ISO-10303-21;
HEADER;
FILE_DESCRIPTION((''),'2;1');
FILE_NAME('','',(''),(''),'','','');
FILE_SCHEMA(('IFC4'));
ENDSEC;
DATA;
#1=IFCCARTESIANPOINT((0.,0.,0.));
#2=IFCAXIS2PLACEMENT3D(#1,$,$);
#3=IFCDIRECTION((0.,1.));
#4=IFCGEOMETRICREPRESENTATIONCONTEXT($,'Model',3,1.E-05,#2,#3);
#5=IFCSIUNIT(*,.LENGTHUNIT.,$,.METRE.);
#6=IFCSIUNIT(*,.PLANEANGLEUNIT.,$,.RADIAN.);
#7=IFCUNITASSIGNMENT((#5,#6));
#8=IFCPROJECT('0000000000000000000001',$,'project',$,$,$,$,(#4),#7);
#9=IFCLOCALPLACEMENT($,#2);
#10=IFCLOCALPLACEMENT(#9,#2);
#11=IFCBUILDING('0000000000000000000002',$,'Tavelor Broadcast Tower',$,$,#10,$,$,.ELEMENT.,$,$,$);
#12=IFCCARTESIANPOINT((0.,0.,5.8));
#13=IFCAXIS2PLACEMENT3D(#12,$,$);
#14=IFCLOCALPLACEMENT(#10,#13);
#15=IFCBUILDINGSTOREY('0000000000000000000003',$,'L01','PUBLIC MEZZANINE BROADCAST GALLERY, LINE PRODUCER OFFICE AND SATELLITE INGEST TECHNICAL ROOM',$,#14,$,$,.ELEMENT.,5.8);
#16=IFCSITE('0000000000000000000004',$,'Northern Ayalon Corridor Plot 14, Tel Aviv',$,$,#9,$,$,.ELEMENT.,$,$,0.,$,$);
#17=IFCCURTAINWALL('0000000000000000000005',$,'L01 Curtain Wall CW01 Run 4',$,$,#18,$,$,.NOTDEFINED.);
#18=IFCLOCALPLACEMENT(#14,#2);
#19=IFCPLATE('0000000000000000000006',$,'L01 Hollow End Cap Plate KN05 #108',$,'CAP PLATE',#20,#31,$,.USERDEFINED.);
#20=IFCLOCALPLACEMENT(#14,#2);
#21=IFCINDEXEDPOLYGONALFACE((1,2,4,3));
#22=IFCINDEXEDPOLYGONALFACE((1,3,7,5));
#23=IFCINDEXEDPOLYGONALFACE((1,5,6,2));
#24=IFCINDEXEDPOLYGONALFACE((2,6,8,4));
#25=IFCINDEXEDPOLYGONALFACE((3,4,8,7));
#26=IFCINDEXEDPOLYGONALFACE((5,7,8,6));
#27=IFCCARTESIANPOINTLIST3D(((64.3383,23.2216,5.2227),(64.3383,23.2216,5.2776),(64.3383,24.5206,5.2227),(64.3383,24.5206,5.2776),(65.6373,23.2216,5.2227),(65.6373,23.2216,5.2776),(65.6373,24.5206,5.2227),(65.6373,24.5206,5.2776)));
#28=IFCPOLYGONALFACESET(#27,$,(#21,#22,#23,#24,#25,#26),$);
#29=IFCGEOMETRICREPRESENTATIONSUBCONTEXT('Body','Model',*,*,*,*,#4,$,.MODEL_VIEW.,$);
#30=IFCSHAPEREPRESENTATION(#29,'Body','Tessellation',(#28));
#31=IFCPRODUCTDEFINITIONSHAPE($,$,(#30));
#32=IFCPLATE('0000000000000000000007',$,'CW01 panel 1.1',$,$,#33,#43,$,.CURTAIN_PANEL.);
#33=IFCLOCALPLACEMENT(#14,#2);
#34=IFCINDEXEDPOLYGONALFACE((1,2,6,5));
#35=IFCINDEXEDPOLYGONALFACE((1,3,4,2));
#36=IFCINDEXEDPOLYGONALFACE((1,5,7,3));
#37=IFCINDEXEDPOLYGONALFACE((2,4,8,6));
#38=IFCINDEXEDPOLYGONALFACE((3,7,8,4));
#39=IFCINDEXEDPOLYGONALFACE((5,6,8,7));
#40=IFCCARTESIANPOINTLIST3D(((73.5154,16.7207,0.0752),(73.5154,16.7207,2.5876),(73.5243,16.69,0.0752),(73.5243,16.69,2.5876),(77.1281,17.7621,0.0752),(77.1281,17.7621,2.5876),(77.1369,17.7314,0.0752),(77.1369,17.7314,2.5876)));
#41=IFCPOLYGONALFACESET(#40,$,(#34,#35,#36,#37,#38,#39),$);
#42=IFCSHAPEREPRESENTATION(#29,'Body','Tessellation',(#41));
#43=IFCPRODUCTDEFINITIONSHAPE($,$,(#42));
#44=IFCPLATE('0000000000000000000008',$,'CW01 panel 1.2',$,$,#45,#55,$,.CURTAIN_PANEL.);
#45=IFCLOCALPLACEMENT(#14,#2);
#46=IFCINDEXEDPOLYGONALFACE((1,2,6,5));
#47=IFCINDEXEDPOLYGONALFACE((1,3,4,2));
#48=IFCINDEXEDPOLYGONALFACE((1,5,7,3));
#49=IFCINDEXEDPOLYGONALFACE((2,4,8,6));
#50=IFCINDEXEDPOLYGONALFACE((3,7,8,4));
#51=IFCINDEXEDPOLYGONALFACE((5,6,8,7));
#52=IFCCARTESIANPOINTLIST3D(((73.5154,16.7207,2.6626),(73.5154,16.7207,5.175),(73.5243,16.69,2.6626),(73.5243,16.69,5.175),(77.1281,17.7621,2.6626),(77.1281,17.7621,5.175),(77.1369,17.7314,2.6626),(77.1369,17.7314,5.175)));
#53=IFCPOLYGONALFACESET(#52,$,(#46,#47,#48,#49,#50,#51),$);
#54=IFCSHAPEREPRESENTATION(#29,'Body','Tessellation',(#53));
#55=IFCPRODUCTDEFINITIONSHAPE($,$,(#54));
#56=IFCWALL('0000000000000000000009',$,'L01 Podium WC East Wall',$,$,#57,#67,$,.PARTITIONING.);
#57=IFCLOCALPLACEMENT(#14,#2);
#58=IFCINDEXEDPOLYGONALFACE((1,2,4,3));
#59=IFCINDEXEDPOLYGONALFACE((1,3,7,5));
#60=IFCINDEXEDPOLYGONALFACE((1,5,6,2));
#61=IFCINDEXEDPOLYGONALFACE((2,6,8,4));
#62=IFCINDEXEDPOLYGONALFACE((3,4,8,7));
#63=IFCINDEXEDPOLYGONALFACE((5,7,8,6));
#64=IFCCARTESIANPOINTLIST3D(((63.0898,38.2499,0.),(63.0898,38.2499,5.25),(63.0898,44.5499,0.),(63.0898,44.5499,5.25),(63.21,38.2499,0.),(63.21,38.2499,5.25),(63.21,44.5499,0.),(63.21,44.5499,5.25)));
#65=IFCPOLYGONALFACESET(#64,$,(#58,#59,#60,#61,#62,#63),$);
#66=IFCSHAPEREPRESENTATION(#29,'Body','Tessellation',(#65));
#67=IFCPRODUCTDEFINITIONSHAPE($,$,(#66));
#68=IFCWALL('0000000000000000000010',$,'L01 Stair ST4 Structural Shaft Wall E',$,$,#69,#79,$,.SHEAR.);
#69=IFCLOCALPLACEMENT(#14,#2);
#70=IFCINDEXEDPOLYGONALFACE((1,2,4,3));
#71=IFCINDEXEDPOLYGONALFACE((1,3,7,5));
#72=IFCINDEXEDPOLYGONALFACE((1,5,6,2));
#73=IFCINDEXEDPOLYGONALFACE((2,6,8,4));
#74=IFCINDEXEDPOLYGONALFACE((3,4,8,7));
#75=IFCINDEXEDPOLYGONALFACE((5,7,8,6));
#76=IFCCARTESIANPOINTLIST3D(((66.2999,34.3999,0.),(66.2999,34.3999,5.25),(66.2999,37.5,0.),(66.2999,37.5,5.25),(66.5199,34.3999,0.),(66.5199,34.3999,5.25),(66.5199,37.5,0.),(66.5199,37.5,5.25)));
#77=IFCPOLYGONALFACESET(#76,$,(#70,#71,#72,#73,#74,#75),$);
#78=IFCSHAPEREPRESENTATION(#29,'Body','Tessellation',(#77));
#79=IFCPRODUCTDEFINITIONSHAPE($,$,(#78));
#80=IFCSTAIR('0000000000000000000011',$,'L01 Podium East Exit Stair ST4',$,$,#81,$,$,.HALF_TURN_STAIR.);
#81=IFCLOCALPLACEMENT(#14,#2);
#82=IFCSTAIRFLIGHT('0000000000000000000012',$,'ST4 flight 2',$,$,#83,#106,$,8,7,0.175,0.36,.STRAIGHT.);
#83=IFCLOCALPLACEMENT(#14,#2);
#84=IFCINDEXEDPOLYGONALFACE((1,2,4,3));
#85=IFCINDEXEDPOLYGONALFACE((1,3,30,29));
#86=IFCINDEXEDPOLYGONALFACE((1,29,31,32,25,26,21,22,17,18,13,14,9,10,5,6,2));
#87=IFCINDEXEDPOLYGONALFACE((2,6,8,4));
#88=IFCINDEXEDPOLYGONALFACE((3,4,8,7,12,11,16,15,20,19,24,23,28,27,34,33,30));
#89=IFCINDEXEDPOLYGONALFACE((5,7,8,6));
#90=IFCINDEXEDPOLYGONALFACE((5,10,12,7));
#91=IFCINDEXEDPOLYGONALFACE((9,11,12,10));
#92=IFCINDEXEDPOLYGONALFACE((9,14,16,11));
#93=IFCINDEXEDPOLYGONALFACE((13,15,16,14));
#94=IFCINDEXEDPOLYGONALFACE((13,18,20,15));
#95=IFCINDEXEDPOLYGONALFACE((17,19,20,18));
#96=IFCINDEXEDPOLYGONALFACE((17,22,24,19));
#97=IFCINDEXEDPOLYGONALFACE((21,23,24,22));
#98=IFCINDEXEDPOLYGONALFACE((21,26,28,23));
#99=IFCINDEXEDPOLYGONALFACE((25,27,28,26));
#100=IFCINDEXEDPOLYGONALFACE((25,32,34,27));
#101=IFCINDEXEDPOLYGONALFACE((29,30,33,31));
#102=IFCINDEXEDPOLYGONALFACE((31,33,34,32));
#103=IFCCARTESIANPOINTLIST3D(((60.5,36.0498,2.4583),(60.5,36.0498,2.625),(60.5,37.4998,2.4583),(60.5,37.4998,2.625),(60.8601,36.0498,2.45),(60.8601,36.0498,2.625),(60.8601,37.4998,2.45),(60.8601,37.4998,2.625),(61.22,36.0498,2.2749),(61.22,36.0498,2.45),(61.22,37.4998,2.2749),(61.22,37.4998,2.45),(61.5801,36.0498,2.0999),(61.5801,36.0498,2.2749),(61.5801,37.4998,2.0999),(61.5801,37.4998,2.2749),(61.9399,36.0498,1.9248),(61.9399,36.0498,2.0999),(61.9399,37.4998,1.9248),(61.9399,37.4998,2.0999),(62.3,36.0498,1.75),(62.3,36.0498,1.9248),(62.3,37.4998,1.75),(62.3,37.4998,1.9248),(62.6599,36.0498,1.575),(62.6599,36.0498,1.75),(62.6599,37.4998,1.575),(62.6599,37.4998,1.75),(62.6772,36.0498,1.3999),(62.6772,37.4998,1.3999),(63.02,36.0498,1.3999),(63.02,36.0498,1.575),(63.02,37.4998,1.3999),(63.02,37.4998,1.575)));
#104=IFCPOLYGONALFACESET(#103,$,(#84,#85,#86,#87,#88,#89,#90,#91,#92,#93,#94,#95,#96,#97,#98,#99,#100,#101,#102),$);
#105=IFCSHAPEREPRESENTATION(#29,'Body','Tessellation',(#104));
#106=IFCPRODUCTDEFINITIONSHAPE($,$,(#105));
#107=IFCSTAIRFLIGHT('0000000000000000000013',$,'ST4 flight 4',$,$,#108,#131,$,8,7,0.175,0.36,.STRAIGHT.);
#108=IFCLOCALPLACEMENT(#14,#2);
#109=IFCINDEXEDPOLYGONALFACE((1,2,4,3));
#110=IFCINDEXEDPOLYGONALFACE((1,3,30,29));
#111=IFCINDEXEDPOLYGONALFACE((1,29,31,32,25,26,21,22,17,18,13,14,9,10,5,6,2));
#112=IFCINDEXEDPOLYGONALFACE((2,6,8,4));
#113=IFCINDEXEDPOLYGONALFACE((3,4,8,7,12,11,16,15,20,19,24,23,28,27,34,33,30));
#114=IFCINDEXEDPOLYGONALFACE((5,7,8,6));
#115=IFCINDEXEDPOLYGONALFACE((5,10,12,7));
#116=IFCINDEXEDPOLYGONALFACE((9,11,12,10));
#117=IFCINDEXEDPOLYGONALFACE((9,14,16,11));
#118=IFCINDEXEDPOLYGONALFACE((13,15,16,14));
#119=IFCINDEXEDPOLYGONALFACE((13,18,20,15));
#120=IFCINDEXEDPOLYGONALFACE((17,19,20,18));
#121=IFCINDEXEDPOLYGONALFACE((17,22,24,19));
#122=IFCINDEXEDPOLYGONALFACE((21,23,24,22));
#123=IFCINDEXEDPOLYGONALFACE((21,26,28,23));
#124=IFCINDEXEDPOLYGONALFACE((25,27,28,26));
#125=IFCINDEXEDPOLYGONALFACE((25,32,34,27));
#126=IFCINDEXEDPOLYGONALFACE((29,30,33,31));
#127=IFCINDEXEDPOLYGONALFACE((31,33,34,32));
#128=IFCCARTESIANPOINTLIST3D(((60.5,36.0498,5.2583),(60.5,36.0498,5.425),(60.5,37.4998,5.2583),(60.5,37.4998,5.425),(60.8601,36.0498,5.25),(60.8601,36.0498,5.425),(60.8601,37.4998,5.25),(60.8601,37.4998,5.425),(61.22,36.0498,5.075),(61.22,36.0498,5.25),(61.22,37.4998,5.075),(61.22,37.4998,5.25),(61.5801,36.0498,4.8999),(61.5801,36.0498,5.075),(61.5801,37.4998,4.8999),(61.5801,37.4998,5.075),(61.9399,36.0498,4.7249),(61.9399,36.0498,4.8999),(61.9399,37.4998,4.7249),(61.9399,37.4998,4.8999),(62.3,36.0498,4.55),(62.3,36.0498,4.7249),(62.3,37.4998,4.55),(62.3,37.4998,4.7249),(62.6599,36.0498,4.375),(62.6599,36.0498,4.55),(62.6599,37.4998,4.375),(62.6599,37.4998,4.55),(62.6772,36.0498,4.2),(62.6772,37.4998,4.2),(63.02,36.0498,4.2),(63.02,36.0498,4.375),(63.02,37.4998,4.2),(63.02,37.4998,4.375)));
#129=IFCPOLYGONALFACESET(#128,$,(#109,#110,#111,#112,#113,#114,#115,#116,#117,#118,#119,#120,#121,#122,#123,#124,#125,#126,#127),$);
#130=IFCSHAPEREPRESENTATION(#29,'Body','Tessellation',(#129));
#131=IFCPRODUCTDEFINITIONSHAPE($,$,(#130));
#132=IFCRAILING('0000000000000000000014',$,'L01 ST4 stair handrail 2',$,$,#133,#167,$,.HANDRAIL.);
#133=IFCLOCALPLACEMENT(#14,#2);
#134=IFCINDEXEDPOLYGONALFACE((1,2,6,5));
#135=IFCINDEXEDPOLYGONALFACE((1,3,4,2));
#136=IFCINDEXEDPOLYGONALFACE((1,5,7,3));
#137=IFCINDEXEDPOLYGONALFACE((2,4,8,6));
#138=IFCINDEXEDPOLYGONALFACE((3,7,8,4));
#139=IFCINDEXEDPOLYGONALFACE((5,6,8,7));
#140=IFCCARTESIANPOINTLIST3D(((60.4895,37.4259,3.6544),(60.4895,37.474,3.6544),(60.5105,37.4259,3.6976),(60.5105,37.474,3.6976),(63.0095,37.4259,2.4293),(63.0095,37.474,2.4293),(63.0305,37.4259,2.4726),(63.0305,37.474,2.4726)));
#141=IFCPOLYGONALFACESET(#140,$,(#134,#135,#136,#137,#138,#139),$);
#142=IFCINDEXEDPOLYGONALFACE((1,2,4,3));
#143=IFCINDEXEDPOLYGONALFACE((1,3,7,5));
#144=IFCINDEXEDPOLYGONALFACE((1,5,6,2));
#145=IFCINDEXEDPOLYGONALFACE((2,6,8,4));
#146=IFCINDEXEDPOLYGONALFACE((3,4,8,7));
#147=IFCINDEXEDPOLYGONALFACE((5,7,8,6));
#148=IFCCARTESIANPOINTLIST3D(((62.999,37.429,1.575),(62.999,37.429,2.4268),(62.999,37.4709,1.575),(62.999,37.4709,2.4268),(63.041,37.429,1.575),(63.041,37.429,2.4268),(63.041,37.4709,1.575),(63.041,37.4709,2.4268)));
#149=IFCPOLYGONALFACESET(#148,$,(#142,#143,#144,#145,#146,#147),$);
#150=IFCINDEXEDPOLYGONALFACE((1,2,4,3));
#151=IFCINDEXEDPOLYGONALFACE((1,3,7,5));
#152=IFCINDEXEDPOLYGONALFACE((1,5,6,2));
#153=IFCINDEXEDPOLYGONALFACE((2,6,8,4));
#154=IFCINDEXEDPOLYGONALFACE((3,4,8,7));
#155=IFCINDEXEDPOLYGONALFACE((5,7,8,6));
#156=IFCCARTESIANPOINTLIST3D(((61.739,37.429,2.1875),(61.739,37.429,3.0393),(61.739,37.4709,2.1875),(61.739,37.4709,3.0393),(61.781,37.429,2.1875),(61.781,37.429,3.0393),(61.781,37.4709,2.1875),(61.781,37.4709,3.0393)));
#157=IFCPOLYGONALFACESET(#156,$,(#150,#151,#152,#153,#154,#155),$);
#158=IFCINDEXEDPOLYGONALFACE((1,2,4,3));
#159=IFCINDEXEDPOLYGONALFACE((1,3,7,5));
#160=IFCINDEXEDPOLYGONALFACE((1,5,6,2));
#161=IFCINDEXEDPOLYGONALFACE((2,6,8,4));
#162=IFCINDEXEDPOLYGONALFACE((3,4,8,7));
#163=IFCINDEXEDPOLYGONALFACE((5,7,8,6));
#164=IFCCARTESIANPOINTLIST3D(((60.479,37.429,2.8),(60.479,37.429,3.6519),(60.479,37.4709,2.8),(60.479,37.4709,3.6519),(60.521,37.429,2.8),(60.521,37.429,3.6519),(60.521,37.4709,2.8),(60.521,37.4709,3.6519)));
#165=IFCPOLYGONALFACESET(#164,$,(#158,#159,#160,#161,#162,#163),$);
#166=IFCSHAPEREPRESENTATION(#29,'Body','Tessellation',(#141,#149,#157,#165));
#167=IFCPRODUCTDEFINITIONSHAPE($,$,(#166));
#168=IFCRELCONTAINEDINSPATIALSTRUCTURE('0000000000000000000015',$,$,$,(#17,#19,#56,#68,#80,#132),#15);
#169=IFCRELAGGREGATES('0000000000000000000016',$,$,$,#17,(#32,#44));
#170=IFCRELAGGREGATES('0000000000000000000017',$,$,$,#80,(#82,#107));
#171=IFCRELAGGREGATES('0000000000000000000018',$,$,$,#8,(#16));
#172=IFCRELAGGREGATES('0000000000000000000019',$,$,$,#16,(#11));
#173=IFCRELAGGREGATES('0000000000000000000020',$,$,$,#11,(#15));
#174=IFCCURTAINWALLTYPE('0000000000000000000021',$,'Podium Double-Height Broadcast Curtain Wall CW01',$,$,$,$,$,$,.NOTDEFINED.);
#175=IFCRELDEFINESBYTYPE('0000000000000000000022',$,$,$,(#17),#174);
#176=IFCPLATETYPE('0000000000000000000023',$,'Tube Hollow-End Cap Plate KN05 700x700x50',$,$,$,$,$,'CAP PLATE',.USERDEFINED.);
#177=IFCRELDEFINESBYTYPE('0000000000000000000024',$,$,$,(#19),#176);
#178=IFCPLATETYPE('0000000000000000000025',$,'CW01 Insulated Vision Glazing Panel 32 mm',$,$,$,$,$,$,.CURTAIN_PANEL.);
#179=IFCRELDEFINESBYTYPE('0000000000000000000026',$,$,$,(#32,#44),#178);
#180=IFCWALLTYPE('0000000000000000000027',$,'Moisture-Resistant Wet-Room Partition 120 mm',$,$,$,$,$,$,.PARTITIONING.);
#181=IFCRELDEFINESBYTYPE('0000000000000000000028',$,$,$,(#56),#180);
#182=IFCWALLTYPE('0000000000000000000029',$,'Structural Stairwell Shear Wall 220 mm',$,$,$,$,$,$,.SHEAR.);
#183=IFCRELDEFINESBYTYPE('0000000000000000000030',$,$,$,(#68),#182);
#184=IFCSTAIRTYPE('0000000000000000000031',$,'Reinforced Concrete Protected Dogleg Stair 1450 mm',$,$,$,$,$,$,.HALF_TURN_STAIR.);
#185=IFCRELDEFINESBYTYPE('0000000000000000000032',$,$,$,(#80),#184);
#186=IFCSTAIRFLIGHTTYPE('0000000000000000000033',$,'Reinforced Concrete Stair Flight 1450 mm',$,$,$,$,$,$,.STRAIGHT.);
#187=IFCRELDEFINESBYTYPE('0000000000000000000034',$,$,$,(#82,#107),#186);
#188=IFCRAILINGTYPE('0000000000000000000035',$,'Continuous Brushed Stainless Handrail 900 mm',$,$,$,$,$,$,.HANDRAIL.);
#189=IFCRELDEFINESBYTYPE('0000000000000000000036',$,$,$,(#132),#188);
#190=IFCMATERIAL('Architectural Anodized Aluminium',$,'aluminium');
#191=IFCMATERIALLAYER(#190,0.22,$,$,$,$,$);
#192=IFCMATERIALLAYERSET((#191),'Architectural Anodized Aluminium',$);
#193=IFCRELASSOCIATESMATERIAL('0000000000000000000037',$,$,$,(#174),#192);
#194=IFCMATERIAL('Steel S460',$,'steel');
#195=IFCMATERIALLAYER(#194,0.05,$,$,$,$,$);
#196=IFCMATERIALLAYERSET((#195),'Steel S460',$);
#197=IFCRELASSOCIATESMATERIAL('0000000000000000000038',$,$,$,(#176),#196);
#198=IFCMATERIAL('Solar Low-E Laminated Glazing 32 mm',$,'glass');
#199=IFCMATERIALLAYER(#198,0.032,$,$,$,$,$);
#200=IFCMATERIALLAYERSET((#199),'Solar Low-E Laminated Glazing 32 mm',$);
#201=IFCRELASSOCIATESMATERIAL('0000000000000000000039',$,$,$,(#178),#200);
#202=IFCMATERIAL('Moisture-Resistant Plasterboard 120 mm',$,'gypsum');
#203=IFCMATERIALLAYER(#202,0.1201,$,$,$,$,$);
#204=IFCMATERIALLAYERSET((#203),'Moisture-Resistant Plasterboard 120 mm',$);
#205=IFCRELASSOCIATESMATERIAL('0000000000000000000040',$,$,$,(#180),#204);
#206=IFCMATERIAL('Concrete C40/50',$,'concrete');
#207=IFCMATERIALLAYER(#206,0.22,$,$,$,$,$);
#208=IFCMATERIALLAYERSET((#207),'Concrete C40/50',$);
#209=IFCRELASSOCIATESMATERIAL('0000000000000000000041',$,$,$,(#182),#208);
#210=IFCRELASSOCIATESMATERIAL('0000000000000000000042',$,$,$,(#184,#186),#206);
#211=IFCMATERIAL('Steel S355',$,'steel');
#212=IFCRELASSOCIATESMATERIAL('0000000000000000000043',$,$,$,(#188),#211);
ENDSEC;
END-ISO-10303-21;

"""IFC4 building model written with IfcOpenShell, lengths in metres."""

from ifc_helpers import new_model, si_unit, direction, frame, frame_2d, origin, origin_2d, place, context, subcontext, project, spatial, polyline, rectangle, outline, extrude, source, transform, mapped, material, layer, layer_set, type_object, type_shapes, element, aggregate, save


model = new_model("IFC4")

# Units and contexts
model_context = context("Model", 3, precision=1e-05, world=origin(), true_north=direction((0.0, 1.0)))
body_context = subcontext(model_context, "Body", "Model", "MODEL_VIEW")
ifc_project = project(units=[si_unit("LENGTHUNIT", "METRE"), si_unit("PLANEANGLEUNIT", "RADIAN")], contexts=[model_context])

# Site, building, storey
site_placement = place(None, origin())
site = spatial("IfcSite", under=ifc_project, at=site_placement, Name="Northern Ayalon Corridor Plot 14, Tel Aviv", CompositionType="ELEMENT", RefElevation=0.0)
building_placement = place(site_placement, origin())
building = spatial("IfcBuilding", under=site, at=building_placement, Name="Tavelor Broadcast Tower", CompositionType="ELEMENT")
storey_placement = place(building_placement, frame((0.0, 0.0, 5.8)))
storey = spatial("IfcBuildingStorey", under=building, at=storey_placement, Name="L01", Description="PUBLIC MEZZANINE BROADCAST GALLERY, LINE PRODUCER OFFICE AND SATELLITE INGEST TECHNICAL ROOM", CompositionType="ELEMENT", Elevation=5.8)

# Shared definitions
ifc_material_1 = material(Name="Steel S460", Category="steel")

# Shared definitions
ifc_material_2 = material(Name="Steel S355", Category="steel")

# Curtain wall
ifc_material_3 = material(Name="Architectural Anodized Aluminium", Category="aluminium")
ifc_layer_1 = layer(ifc_material_3, 0.22)
ifc_layer_set_1 = layer_set([ifc_layer_1], Name="Architectural Anodized Aluminium")
curtain_wall_type = type_object("IfcCurtainWallType", Name="Podium Double-Height Broadcast Curtain Wall CW01", PredefinedType="NOTDEFINED", material=ifc_layer_set_1)
curtain_wall_placement = place(storey_placement, origin())
curtain_wall = element("IfcCurtainWall", 1, at=curtain_wall_placement, inside=storey, type_object=curtain_wall_type, Name="L01 Curtain Wall CW01 Run 4", PredefinedType="NOTDEFINED")

# Plate
ifc_layer_2 = layer(ifc_material_1, 0.05)
ifc_layer_set_2 = layer_set([ifc_layer_2], Name="Steel S460")
plate_type_1 = type_object("IfcPlateType", Name="Tube Hollow-End Cap Plate KN05 700x700x50", ElementType="CAP PLATE", PredefinedType="USERDEFINED", material=ifc_layer_set_2)
shared_shape_1 = source(origin(), body_context, "Body", "SweptSolid", [
    extrude(rectangle(XDim=1.2991, YDim=1.2991, at=origin_2d()), origin(), (0.0, 0.0, 1.0), 0.0549),
])
type_shapes(plate_type_1, [shared_shape_1])
for number, where, z_axis, x_axis, name in (
    (2, (64.9878, 23.8711, 5.2227), (0.0, 0.0, 1.0), (1.0, 0.0, 0.0), "L01 Hollow End Cap Plate KN05 #108"),
):
    element("IfcPlate", number, at=place(storey_placement, frame(where, z_axis=z_axis, x_axis=x_axis)), inside=storey, type_object=plate_type_1, Name=name, ObjectType="CAP PLATE", PredefinedType="USERDEFINED", context=body_context, shape_type="MappedRepresentation", body=[
        mapped(shared_shape_1, transform((0.0, 0.0, 0.0), scale=1.0)),
    ])

# Plates
ifc_material_4 = material(Name="Solar Low-E Laminated Glazing 32 mm", Category="glass")
ifc_layer_3 = layer(ifc_material_4, 0.032)
ifc_layer_set_3 = layer_set([ifc_layer_3], Name="Solar Low-E Laminated Glazing 32 mm")
plate_type_2 = type_object("IfcPlateType", Name="CW01 Insulated Vision Glazing Panel 32 mm", PredefinedType="CURTAIN_PANEL", material=ifc_layer_set_3)
shared_shape_2 = source(origin(), body_context, "Body", "SweptSolid", [
    extrude(rectangle(XDim=3.7598, YDim=0.032, at=origin_2d()), origin(), (0.0, 0.0, 1.0), 2.5125),
])
type_shapes(plate_type_2, [shared_shape_2])
plate_1_placement = place(storey_placement, frame((75.3262, 17.2261, 0.0752), z_axis=(0.0, 0.0, 1.0), x_axis=(0.960876, 0.276981, 0.0)))
plate_1 = element("IfcPlate", 3, at=plate_1_placement, type_object=plate_type_2, Name="CW01 panel 1.1", PredefinedType="CURTAIN_PANEL", context=body_context, shape_type="MappedRepresentation", body=[
    mapped(shared_shape_2, transform((0.0, 0.0, 0.0), scale=1.0)),
])
plate_2_placement = place(storey_placement, frame((75.3262, 17.2261, 2.6626), z_axis=(0.0, 0.0, 1.0), x_axis=(0.960876, 0.276981, 0.0)))
plate_2 = element("IfcPlate", 4, at=plate_2_placement, type_object=plate_type_2, Name="CW01 panel 1.2", PredefinedType="CURTAIN_PANEL", context=body_context, shape_type="MappedRepresentation", body=[
    mapped(shared_shape_2, transform((0.0, 0.0, 0.0), scale=1.0)),
])
aggregate(curtain_wall, [plate_1, plate_2])

# Walls
ifc_material_5 = material(Name="Moisture-Resistant Plasterboard 120 mm", Category="gypsum")
ifc_layer_4 = layer(ifc_material_5, 0.1201)
ifc_layer_set_4 = layer_set([ifc_layer_4], Name="Moisture-Resistant Plasterboard 120 mm")
wall_type_1 = type_object("IfcWallType", Name="Moisture-Resistant Wet-Room Partition 120 mm", PredefinedType="PARTITIONING", material=ifc_layer_set_4)
wall_1_placement = place(storey_placement, frame((63.1499, 38.25, 0.0), z_axis=(0.0, 0.0, 1.0), x_axis=(0.0, 1.0, 0.0)))
element("IfcWall", 5, at=wall_1_placement, inside=storey, type_object=wall_type_1, Name="L01 Podium WC East Wall", PredefinedType="PARTITIONING", context=body_context, shape_type="SweptSolid", body=[
    extrude(rectangle(XDim=6.3, YDim=0.1201, at=frame_2d((3.1499, 0.0))), origin(), (0.0, 0.0, 1.0), 5.25),
])
ifc_material_6 = material(Name="Concrete C40/50", Category="concrete")
ifc_layer_5 = layer(ifc_material_6, 0.22)
ifc_layer_set_5 = layer_set([ifc_layer_5], Name="Concrete C40/50")
wall_type_2 = type_object("IfcWallType", Name="Structural Stairwell Shear Wall 220 mm", PredefinedType="SHEAR", material=ifc_layer_set_5)
wall_2_placement = place(storey_placement, frame((66.4099, 34.3999, 0.0), z_axis=(0.0, 0.0, 1.0), x_axis=(0.0, 1.0, 0.0)))
element("IfcWall", 6, at=wall_2_placement, inside=storey, type_object=wall_type_2, Name="L01 Stair ST4 Structural Shaft Wall E", PredefinedType="SHEAR", context=body_context, shape_type="SweptSolid", body=[
    extrude(rectangle(XDim=3.1001, YDim=0.22, at=frame_2d((1.55, 0.0))), origin(), (0.0, 0.0, 1.0), 5.25),
])

# Stair, stair flights
stair_type = type_object("IfcStairType", Name="Reinforced Concrete Protected Dogleg Stair 1450 mm", PredefinedType="HALF_TURN_STAIR", material=ifc_material_6)
stair_placement = place(storey_placement, origin())
stair = element("IfcStair", 7, at=stair_placement, inside=storey, type_object=stair_type, Name="L01 Podium East Exit Stair ST4", PredefinedType="HALF_TURN_STAIR")
stair_flight_type = type_object("IfcStairFlightType", Name="Reinforced Concrete Stair Flight 1450 mm", PredefinedType="STRAIGHT", material=ifc_material_6)
stair_flight_1_placement = place(storey_placement, frame((63.02, 36.7749, 1.3999), z_axis=(0.0, 0.0, 1.0), x_axis=(-1.0, 0.0, 0.0)))
stair_flight_1 = element("IfcStairFlight", 8, at=stair_flight_1_placement, type_object=stair_flight_type, Name="ST4 flight 2", NumberOfRisers=8, NumberOfTreads=7, PredefinedType="STRAIGHT", RiserHeight=0.175, TreadLength=0.36, context=body_context, shape_type="SweptSolid", body=[
    extrude(outline(polyline([(0.0, 0.0), (0.0, 0.175), (0.3601, 0.175), (0.3601, 0.3501), (0.72, 0.3501), (0.72, 0.5249), (1.0801, 0.5249), (1.0801, 0.7), (1.4399, 0.7), (1.4399, 0.875), (1.8, 0.875), (1.8, 1.05), (2.1599, 1.05), (2.1599, 1.2251), (2.52, 1.2251), (2.52, 1.3999), (2.52, 1.0583), (0.3428, 0.0), (0.0, 0.0)])), frame((0.0, 0.7251, 0.0), z_axis=(0.0, -1.0, 0.0), x_axis=(1.0, 0.0, 0.0)), (0.0, 0.0, 1.0), 1.45),
])
stair_flight_2_placement = place(storey_placement, frame((63.02, 36.7749, 4.2), z_axis=(0.0, 0.0, 1.0), x_axis=(-1.0, 0.0, 0.0)))
stair_flight_2 = element("IfcStairFlight", 9, at=stair_flight_2_placement, type_object=stair_flight_type, Name="ST4 flight 4", NumberOfRisers=8, NumberOfTreads=7, PredefinedType="STRAIGHT", RiserHeight=0.175, TreadLength=0.36, context=body_context, shape_type="SweptSolid", body=[
    extrude(outline(polyline([(0.0, 0.0), (0.0, 0.175), (0.3601, 0.175), (0.3601, 0.3501), (0.72, 0.3501), (0.72, 0.5249), (1.0801, 0.5249), (1.0801, 0.7), (1.4399, 0.7), (1.4399, 0.875), (1.8, 0.875), (1.8, 1.05), (2.1599, 1.05), (2.1599, 1.2251), (2.52, 1.2251), (2.52, 1.3999), (2.52, 1.0583), (0.3428, 0.0), (0.0, 0.0)])), frame((0.0, 0.7251, 0.0), z_axis=(0.0, -1.0, 0.0), x_axis=(1.0, 0.0, 0.0)), (0.0, 0.0, 1.0), 1.45),
])
aggregate(stair, [stair_flight_1, stair_flight_2])

# Railing
railing_type_1 = type_object("IfcRailingType", Name="Continuous Brushed Stainless Handrail 900 mm", PredefinedType="HANDRAIL", material=ifc_material_2)
railing_1_placement = place(storey_placement, frame((63.02, 37.45, 1.575)))
element("IfcRailing", 10, at=railing_1_placement, inside=storey, type_object=railing_type_1, Name="L01 ST4 stair handrail 2", PredefinedType="HANDRAIL", context=body_context, shape_type="SweptSolid", body=[
    extrude(rectangle(XDim=0.0481, YDim=0.0481, at=origin_2d()), frame((0.0, 0.0, 0.876), z_axis=(-0.899355, 0.0, 0.437218), x_axis=(0.0, -1.0, 0.0)), (0.0, 0.0, 1.0), 2.802),
    extrude(rectangle(XDim=0.042, YDim=0.042, at=origin_2d()), origin(), (0.0, 0.0, 1.0), 0.8518),
    extrude(rectangle(XDim=0.042, YDim=0.042, at=origin_2d()), frame((-1.26, 0.0, 0.6125)), (0.0, 0.0, 1.0), 0.8518),
    extrude(rectangle(XDim=0.042, YDim=0.042, at=origin_2d()), frame((-2.52, 0.0, 1.2251)), (0.0, 0.0, 1.0), 0.8518),
])

save(model, "model.ifc")
